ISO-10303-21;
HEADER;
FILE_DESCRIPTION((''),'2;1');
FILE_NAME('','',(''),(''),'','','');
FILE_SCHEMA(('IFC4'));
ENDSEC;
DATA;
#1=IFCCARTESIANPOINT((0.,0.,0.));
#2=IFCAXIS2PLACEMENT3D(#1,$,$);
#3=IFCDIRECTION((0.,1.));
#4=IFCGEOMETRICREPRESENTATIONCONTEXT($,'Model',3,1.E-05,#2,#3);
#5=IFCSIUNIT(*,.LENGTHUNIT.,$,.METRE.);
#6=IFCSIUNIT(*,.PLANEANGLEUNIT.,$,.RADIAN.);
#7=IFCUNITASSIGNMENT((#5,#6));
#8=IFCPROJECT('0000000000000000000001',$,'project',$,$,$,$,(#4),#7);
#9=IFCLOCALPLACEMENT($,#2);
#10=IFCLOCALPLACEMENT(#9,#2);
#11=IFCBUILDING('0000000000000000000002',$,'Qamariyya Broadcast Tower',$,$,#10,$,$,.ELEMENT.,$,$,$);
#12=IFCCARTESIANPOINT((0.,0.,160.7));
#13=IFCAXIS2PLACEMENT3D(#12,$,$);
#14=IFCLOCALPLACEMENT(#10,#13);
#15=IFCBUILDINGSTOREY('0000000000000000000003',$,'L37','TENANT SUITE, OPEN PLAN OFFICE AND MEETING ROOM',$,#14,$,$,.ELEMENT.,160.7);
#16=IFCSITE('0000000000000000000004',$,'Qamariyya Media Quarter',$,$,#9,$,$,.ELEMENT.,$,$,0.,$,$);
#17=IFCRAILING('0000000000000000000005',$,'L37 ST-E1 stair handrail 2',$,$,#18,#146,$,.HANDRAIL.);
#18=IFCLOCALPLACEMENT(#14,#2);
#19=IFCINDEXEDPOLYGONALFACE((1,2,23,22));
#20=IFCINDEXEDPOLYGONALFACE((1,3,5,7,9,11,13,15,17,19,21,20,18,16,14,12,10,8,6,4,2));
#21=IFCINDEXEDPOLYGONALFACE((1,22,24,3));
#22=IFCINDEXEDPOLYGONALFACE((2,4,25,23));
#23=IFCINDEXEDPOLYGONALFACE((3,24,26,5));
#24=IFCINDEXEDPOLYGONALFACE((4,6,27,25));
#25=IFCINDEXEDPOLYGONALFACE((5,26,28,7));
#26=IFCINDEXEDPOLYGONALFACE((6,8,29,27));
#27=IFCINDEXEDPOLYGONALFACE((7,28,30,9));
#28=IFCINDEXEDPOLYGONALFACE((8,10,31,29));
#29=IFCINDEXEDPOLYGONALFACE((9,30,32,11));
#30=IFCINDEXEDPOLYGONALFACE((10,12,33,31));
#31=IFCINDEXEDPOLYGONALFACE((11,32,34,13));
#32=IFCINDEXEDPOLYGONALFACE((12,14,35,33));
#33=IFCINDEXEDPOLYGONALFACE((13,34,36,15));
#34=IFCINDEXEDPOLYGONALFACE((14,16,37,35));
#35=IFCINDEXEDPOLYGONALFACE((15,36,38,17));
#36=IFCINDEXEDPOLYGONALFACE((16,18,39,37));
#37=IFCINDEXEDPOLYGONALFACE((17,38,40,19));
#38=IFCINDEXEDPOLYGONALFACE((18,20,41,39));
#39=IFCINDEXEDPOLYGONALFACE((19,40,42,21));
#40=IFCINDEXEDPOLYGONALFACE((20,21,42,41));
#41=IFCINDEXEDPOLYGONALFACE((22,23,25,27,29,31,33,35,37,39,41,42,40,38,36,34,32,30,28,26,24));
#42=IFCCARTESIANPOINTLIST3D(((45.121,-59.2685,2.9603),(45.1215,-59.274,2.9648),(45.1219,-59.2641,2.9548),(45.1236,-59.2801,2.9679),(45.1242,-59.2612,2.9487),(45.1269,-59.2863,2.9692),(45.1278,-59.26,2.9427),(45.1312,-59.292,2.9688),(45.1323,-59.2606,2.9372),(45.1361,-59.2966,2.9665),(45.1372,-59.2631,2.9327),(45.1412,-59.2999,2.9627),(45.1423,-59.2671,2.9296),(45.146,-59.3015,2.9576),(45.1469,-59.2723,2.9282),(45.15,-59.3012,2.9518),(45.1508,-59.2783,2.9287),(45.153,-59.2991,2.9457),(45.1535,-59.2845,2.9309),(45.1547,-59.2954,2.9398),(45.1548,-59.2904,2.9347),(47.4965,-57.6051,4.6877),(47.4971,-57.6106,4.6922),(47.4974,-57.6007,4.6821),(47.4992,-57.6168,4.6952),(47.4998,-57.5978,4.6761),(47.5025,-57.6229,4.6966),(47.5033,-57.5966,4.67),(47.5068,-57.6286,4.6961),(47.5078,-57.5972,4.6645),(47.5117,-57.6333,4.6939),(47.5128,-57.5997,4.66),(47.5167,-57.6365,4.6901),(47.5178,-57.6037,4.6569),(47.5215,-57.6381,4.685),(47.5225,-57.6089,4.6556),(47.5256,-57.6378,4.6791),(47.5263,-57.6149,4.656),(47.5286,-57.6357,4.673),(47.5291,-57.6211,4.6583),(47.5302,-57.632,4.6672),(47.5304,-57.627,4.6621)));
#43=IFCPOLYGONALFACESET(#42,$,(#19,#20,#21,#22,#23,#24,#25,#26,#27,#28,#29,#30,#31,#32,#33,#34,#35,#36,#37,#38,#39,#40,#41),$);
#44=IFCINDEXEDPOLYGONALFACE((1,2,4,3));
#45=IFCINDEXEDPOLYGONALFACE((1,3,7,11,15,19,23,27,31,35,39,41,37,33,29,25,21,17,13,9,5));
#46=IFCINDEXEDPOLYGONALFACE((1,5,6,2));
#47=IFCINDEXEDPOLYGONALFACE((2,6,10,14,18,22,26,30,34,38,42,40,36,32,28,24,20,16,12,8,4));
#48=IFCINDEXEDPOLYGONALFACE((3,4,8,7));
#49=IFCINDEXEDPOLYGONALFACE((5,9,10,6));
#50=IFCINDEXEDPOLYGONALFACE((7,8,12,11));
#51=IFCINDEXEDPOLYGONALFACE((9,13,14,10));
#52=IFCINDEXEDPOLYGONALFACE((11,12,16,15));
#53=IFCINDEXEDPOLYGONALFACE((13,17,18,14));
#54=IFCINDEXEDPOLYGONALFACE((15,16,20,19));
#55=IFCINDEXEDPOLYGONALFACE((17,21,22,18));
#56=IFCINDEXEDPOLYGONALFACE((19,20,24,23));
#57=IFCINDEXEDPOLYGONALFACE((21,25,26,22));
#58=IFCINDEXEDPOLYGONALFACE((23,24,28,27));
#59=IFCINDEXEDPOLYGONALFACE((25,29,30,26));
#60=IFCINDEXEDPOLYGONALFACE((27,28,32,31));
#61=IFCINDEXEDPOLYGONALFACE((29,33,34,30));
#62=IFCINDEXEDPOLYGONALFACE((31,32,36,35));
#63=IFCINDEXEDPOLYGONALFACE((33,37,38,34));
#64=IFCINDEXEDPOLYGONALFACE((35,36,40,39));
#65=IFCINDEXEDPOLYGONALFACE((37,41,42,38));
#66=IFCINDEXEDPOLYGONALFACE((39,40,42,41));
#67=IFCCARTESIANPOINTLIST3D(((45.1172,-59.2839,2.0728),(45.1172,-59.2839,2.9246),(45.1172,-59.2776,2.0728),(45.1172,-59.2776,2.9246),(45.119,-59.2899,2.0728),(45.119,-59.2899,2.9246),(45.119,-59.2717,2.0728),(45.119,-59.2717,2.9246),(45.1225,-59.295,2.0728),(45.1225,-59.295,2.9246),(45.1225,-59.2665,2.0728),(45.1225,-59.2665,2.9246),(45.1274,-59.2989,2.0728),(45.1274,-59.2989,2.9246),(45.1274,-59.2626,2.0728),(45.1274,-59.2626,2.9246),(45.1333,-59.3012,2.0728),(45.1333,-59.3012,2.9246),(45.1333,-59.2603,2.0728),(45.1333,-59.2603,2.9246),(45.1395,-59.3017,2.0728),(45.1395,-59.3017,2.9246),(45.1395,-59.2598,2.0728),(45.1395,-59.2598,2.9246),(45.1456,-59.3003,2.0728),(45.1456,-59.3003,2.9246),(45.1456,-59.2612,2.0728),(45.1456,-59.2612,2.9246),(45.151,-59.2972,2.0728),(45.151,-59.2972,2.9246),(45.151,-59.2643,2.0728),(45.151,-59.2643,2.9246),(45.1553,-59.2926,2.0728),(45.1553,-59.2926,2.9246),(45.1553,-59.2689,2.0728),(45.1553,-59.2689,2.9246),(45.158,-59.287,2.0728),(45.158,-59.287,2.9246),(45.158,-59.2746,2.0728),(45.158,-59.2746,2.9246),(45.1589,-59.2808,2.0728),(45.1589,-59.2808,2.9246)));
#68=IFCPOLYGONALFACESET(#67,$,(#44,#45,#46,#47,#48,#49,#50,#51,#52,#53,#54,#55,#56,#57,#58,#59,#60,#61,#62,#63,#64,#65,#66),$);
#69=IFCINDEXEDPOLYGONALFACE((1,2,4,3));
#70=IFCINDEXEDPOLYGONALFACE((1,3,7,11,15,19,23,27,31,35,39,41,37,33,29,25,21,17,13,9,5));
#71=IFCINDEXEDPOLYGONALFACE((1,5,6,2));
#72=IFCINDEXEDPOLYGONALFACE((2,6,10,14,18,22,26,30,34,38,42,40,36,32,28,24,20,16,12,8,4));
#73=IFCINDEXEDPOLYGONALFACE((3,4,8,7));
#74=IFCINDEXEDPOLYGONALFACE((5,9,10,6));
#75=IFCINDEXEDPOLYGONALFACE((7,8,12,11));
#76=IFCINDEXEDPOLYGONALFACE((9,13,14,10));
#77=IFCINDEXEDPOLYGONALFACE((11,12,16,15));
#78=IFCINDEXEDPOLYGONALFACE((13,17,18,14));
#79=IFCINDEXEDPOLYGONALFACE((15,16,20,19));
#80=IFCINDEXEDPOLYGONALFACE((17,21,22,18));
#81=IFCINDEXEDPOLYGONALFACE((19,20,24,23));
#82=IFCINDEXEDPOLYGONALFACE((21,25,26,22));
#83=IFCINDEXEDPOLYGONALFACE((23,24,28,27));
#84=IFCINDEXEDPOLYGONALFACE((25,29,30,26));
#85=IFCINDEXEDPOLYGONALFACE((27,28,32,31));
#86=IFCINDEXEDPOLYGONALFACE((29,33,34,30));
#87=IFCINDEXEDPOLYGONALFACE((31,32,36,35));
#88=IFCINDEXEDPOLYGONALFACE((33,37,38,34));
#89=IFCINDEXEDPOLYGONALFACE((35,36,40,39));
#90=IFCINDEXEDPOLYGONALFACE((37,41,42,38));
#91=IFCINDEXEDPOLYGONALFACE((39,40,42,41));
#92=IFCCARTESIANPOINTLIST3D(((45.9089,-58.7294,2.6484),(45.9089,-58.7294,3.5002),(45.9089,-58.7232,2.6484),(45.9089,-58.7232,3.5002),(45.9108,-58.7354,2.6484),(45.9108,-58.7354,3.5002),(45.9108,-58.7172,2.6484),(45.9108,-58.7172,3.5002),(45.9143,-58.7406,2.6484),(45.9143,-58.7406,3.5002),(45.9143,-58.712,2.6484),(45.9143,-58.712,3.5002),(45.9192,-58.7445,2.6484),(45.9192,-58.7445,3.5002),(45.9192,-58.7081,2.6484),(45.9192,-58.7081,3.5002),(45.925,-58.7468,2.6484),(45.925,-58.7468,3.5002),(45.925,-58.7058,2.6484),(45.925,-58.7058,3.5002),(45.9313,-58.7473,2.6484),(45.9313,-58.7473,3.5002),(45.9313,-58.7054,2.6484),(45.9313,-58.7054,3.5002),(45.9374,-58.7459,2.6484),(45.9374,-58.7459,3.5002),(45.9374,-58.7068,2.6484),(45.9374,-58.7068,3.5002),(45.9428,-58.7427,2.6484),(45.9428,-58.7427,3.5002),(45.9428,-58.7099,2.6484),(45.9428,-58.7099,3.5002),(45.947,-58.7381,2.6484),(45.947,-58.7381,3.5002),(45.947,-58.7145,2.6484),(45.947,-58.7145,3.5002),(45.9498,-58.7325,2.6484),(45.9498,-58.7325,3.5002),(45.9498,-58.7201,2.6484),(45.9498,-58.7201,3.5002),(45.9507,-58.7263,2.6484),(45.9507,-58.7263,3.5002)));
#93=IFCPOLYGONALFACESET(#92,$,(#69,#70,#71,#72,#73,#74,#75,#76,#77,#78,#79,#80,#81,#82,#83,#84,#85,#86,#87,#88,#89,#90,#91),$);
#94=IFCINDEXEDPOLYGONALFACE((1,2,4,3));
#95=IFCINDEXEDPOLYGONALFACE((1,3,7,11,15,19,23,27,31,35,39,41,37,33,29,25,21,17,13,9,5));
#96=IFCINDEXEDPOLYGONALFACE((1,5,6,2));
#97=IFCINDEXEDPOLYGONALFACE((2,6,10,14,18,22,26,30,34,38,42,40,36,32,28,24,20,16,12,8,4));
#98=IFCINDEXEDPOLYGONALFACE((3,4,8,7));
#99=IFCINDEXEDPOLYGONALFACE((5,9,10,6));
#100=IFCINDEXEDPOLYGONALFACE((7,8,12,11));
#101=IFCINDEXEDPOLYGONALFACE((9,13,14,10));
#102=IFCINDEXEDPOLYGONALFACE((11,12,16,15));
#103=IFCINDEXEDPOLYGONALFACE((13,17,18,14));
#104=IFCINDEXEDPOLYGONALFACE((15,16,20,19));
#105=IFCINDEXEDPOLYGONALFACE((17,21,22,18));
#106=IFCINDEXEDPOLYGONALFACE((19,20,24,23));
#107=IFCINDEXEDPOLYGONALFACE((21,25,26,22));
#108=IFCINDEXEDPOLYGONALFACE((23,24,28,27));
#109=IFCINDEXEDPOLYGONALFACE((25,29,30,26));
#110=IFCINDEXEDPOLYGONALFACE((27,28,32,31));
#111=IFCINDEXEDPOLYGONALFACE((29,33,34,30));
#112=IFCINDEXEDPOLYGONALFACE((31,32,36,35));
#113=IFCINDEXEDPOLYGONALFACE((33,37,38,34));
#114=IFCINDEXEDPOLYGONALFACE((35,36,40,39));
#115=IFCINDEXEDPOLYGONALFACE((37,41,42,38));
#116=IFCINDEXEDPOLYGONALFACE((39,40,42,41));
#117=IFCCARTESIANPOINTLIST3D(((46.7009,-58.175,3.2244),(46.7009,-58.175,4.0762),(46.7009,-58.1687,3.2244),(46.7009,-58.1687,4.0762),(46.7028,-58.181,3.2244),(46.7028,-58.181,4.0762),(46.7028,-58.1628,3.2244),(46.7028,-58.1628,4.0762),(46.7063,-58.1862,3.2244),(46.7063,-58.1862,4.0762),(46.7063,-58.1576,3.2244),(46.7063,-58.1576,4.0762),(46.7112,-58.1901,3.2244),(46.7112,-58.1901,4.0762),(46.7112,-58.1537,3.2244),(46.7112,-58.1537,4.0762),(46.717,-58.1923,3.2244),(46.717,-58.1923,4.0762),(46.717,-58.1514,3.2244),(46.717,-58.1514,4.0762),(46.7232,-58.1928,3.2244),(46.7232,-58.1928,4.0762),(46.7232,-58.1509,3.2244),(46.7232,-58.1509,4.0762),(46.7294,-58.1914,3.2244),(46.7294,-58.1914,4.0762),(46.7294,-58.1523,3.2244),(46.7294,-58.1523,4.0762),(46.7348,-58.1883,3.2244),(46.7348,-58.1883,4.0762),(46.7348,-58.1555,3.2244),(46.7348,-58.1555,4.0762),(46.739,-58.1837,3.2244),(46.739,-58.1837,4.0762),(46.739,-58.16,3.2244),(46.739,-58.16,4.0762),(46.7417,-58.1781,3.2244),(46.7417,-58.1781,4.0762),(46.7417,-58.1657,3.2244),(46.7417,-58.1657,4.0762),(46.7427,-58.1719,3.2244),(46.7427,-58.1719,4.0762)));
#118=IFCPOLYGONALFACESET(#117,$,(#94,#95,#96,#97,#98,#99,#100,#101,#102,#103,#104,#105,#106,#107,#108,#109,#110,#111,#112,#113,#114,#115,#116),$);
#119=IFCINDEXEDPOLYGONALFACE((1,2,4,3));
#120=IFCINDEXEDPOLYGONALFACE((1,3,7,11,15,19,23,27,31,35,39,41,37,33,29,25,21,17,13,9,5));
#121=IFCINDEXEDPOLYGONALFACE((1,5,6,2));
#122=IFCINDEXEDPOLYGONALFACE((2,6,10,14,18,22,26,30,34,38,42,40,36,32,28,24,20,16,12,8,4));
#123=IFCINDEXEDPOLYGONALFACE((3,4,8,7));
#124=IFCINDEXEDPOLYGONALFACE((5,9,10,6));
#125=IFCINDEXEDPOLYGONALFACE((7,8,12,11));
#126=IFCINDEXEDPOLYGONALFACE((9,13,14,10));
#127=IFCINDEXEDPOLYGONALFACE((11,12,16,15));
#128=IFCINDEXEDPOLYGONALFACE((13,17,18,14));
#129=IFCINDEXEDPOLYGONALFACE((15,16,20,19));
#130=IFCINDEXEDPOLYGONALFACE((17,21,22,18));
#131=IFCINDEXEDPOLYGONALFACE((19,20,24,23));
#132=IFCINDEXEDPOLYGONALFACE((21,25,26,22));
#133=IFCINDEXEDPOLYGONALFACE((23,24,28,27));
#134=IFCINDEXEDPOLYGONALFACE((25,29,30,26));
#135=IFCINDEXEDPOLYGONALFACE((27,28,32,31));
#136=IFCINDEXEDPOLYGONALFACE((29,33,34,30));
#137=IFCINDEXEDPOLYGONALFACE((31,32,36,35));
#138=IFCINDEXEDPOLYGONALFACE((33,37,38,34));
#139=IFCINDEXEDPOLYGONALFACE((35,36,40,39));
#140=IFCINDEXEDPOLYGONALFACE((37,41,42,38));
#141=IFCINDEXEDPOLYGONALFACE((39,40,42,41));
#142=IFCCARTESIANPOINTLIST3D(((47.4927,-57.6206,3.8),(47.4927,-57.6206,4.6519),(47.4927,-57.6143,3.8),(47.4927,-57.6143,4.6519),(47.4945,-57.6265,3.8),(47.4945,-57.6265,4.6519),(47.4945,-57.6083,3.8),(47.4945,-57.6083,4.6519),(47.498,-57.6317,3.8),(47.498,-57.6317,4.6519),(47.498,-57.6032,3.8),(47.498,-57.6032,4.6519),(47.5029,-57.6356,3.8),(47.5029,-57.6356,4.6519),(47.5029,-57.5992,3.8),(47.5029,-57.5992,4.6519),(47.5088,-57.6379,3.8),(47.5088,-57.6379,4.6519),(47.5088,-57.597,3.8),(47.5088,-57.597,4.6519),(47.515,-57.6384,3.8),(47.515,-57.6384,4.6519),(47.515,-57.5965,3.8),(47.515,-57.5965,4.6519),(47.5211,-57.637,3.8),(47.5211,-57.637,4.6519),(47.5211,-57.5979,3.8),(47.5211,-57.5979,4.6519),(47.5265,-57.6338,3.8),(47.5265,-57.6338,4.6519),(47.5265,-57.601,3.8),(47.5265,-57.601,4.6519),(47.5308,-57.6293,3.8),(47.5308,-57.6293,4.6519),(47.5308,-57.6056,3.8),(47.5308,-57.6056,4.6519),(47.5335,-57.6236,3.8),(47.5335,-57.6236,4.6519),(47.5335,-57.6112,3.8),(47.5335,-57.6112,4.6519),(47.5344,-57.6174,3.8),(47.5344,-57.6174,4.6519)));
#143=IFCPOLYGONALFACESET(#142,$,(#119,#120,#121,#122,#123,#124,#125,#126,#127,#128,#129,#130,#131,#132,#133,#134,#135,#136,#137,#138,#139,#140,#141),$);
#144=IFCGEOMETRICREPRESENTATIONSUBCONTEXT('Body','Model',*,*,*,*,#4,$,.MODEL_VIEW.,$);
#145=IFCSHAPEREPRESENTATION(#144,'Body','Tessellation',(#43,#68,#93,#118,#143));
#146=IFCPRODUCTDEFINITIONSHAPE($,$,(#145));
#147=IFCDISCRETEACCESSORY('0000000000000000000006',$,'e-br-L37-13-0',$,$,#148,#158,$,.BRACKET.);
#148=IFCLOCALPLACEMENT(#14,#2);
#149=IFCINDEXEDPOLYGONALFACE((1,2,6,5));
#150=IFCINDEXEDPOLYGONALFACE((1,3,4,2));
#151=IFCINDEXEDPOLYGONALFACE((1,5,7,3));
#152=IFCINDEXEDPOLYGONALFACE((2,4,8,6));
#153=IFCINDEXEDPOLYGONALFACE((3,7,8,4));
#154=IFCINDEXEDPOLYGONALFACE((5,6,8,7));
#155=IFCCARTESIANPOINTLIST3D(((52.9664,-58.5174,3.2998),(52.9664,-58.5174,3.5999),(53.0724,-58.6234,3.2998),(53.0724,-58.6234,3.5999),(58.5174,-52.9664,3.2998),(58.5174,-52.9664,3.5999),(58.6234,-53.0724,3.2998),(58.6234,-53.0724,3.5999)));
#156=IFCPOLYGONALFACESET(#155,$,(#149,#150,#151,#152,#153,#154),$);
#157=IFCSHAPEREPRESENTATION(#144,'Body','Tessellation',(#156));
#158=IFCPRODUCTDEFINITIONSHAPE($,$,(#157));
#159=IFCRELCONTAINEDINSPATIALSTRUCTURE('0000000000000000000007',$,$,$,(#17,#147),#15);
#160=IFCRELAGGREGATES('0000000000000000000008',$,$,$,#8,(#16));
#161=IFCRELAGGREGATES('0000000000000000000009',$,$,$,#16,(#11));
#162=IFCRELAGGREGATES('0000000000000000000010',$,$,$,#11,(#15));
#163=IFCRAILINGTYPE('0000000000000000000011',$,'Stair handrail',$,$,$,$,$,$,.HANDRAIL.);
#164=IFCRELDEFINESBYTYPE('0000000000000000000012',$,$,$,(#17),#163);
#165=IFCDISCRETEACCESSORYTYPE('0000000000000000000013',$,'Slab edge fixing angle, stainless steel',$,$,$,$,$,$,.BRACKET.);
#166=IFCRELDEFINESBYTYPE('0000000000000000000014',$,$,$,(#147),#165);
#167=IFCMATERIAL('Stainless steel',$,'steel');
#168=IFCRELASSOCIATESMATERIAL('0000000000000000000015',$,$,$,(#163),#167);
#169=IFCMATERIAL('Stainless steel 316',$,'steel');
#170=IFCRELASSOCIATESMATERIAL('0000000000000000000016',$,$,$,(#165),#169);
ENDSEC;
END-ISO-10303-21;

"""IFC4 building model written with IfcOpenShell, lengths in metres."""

from ifc_helpers import new_model, si_unit, direction, frame, origin, origin_2d, place, context, subcontext, project, spatial, rectangle, circle, extrude, material, type_object, element, save


model = new_model("IFC4")

# Units and contexts
model_context = context("Model", 3, precision=1e-05, world=origin(), true_north=direction((0.0, 1.0)))
body_context = subcontext(model_context, "Body", "Model", "MODEL_VIEW")
ifc_project = project(units=[si_unit("LENGTHUNIT", "METRE"), si_unit("PLANEANGLEUNIT", "RADIAN")], contexts=[model_context])

# Site, building, storey
site_placement = place(None, origin())
site = spatial("IfcSite", under=ifc_project, at=site_placement, Name="Qamariyya Media Quarter", CompositionType="ELEMENT", RefElevation=0.0)
building_placement = place(site_placement, origin())
building = spatial("IfcBuilding", under=site, at=building_placement, Name="Qamariyya Broadcast Tower", CompositionType="ELEMENT")
storey_placement = place(building_placement, frame((0.0, 0.0, 160.7)))
storey = spatial("IfcBuildingStorey", under=building, at=storey_placement, Name="L37", Description="TENANT SUITE, OPEN PLAN OFFICE AND MEETING ROOM", CompositionType="ELEMENT", Elevation=160.7)

# Railing
ifc_material_1 = material(Name="Stainless steel", Category="steel")
railing_type_1 = type_object("IfcRailingType", Name="Stair handrail", PredefinedType="HANDRAIL", material=ifc_material_1)
railing_1_placement = place(storey_placement, frame((45.1379, -59.2808, 2.0728)))
element("IfcRailing", 1, at=railing_1_placement, inside=storey, type_object=railing_type_1, Name="L37 ST-E1 stair handrail 2", PredefinedType="HANDRAIL", context=body_context, shape_type="SweptSolid", body=[
    extrude(circle(Radius=0.0239, at=origin_2d()), frame((0.0, 0.0, 0.876), z_axis=(0.70377, 0.492784, 0.511734), x_axis=(-0.573575, 0.819153, 0.0)), (0.0, 0.0, 1.0), 3.3755),
    extrude(circle(Radius=0.021, at=origin_2d()), origin(), (0.0, 0.0, 1.0), 0.8518),
    extrude(circle(Radius=0.021, at=origin_2d()), frame((0.7917, 0.5544, 0.5757)), (0.0, 0.0, 1.0), 0.8518),
    extrude(circle(Radius=0.021, at=origin_2d()), frame((1.5837, 1.1089, 1.1516)), (0.0, 0.0, 1.0), 0.8518),
    extrude(circle(Radius=0.021, at=origin_2d()), frame((2.3755, 1.6633, 1.7273)), (0.0, 0.0, 1.0), 0.8518),
])

# Discrete accessory
ifc_material_2 = material(Name="Stainless steel 316", Category="steel")
discrete_accessory_type = type_object("IfcDiscreteAccessoryType", Name="Slab edge fixing angle, stainless steel", PredefinedType="BRACKET", material=ifc_material_2)
discrete_accessory_placement = place(storey_placement, frame((55.7949, -55.7949, 3.2998), z_axis=(0.0, 0.0, 1.0), x_axis=(0.707107, 0.707107, 0.0)))
element("IfcDiscreteAccessory", 2, at=discrete_accessory_placement, inside=storey, type_object=discrete_accessory_type, Name="e-br-L37-13-0", PredefinedType="BRACKET", context=body_context, shape_type="SweptSolid", body=[
    extrude(rectangle(XDim=7.8503, YDim=0.1499, at=origin_2d()), origin(), (0.0, 0.0, 1.0), 0.3),
])

save(model, "model.ifc")
